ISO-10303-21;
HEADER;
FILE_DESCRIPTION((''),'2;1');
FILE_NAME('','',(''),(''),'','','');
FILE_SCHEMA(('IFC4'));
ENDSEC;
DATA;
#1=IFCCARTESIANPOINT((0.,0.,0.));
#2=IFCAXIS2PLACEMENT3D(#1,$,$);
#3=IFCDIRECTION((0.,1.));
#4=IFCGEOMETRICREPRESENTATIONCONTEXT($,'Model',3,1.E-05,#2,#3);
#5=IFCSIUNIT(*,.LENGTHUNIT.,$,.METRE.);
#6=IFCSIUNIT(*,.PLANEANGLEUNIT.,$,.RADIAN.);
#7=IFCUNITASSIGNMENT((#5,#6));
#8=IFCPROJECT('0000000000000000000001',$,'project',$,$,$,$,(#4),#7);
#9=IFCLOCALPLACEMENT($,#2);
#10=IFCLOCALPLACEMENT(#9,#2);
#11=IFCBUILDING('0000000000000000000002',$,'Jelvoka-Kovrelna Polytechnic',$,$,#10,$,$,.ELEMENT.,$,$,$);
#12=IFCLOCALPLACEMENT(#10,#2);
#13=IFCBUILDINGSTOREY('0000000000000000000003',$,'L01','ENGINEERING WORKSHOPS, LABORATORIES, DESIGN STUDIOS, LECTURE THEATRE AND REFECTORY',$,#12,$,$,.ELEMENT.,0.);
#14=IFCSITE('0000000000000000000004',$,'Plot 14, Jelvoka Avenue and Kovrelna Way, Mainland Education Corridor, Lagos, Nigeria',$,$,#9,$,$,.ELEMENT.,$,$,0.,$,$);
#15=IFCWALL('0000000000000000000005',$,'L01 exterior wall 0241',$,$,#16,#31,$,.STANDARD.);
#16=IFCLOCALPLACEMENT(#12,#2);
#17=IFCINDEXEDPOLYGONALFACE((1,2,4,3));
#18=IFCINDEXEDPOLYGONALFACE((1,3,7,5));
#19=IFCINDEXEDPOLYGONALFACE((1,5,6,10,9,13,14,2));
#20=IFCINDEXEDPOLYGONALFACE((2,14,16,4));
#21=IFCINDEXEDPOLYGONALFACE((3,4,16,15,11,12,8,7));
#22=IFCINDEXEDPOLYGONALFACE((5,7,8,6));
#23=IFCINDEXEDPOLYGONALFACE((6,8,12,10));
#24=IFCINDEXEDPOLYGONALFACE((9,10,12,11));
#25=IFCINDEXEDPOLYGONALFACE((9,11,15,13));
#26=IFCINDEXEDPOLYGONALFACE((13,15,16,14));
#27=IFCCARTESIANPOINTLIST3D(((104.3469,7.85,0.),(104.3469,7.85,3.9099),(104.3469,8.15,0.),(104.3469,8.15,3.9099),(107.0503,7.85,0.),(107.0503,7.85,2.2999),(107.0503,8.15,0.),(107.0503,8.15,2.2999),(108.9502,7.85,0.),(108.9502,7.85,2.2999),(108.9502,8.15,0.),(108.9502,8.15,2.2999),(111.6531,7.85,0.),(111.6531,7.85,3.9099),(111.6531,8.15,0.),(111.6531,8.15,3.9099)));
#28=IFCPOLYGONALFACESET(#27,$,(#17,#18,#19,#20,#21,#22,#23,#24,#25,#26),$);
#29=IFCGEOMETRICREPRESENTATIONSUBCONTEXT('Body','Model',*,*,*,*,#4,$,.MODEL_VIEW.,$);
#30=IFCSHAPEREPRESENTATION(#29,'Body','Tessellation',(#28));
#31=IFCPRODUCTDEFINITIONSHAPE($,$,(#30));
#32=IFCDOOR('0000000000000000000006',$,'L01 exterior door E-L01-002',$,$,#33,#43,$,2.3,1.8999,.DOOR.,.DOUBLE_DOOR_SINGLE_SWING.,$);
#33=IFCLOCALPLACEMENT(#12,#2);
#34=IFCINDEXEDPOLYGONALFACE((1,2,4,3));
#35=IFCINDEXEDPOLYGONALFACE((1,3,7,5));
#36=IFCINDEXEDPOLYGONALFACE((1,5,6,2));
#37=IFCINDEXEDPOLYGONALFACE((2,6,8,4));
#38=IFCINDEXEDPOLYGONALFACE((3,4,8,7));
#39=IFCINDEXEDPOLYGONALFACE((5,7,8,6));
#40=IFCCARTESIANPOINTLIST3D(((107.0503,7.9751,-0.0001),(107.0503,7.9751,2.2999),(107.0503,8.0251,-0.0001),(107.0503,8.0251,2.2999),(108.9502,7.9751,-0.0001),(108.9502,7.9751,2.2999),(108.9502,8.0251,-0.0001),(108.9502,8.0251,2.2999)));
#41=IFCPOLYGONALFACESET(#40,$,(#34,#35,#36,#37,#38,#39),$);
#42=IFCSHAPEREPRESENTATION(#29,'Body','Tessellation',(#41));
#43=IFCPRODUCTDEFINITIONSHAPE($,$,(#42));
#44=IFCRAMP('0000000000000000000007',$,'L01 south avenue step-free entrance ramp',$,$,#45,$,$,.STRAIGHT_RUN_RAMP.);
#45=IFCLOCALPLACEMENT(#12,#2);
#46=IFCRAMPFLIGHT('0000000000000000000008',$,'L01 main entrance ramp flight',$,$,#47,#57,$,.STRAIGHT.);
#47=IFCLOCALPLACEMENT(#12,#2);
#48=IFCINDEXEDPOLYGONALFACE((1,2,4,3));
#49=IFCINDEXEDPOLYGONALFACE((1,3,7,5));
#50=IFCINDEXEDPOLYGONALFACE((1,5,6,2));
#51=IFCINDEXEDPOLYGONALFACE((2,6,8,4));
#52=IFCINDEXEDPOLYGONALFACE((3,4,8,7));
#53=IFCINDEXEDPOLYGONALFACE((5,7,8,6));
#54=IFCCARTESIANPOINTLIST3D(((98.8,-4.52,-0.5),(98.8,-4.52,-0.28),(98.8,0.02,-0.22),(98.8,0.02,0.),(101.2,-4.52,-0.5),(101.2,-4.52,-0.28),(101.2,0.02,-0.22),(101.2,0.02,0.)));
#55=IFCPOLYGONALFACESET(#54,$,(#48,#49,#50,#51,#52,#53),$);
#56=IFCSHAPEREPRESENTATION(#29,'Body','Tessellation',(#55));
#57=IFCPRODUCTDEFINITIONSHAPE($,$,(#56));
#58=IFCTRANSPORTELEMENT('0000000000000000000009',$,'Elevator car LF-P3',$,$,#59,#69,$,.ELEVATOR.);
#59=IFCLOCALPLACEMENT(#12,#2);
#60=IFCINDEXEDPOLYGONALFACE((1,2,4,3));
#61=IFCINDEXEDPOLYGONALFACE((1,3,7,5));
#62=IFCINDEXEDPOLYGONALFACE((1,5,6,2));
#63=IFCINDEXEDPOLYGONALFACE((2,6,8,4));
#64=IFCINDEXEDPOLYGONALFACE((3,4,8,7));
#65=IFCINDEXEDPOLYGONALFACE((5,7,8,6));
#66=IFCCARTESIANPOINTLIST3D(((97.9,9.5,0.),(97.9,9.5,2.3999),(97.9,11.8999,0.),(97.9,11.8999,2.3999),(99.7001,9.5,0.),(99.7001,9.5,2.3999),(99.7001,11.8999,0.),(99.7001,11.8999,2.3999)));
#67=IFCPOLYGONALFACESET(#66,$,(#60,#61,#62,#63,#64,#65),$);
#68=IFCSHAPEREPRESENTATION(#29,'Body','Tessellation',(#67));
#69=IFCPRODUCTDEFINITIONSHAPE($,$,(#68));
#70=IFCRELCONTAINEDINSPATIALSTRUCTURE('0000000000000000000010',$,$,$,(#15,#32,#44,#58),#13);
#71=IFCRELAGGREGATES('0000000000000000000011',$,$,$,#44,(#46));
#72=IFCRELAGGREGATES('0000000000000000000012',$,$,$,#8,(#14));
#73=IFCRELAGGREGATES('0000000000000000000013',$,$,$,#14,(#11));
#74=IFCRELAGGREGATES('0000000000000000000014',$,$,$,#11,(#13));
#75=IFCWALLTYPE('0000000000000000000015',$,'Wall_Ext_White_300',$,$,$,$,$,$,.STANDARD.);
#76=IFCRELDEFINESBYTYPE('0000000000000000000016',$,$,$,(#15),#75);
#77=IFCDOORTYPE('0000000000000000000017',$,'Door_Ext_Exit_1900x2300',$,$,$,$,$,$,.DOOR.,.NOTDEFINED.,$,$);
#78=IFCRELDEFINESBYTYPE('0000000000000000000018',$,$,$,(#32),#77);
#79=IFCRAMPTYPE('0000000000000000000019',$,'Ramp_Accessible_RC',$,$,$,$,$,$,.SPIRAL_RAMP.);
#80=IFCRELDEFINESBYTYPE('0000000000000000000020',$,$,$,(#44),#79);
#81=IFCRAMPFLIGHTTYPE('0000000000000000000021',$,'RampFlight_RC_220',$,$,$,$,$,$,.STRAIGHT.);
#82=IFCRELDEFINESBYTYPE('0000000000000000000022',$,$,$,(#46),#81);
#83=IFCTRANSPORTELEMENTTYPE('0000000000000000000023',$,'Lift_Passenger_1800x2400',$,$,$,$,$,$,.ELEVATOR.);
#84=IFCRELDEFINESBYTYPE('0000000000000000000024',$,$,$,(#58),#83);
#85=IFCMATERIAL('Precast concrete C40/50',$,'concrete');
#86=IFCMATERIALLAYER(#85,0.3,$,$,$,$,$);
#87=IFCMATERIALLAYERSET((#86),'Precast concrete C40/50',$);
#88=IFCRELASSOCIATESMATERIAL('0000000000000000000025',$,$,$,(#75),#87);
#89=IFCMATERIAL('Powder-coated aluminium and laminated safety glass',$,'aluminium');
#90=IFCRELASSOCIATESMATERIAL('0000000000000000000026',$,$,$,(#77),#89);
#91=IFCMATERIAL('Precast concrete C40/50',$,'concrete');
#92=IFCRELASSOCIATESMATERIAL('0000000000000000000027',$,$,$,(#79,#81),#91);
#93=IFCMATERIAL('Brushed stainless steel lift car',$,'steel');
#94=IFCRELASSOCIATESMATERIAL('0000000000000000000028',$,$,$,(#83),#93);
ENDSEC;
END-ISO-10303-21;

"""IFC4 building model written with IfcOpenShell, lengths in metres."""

from ifc_helpers import new_model, si_unit, direction, frame, frame_2d, origin, origin_2d, place, context, subcontext, project, spatial, polyline, rectangle, outline, extrude, material, layer, layer_set, type_object, element, fill, aggregate, save


model = new_model("IFC4")

# Units and contexts
model_context = context("Model", 3, precision=1e-05, world=origin(), true_north=direction((0.0, 1.0)))
body_context = subcontext(model_context, "Body", "Model", "MODEL_VIEW")
ifc_project = project(units=[si_unit("LENGTHUNIT", "METRE"), si_unit("PLANEANGLEUNIT", "RADIAN")], contexts=[model_context])

# Site, building, storey
site_placement = place(None, origin())
site = spatial("IfcSite", under=ifc_project, at=site_placement, Name="Plot 14, Jelvoka Avenue and Kovrelna Way, Mainland Education Corridor, Lagos, Nigeria", CompositionType="ELEMENT", RefElevation=0.0)
building_placement = place(site_placement, origin())
building = spatial("IfcBuilding", under=site, at=building_placement, Name="Jelvoka-Kovrelna Polytechnic", CompositionType="ELEMENT")
storey_placement = place(building_placement, origin())
storey = spatial("IfcBuildingStorey", under=building, at=storey_placement, Name="L01", Description="ENGINEERING WORKSHOPS, LABORATORIES, DESIGN STUDIOS, LECTURE THEATRE AND REFECTORY", CompositionType="ELEMENT", Elevation=0.0)

# Shared definitions
ifc_material_1 = material(Name="Precast concrete C40/50", Category="concrete")
ifc_layer_1 = layer(ifc_material_1, 0.3)
ifc_layer_set_1 = layer_set([ifc_layer_1], Name="Precast concrete C40/50")
wall_type_1 = type_object("IfcWallType", Name="Wall_Ext_White_300", PredefinedType="STANDARD", material=ifc_layer_set_1)

# Wall, opening, door
wall_1_placement = place(storey_placement, frame((111.6531, 8.0, 0.0), z_axis=(0.0, 0.0, 1.0), x_axis=(-1.0, 0.0, 0.0)))
wall_1 = element("IfcWall", 1, at=wall_1_placement, inside=storey, type_object=wall_type_1, Name="L01 exterior wall 0241", PredefinedType="STANDARD", context=body_context, shape_type="SweptSolid", body=[
    extrude(rectangle(XDim=7.3062, YDim=0.3, at=frame_2d((3.6531, 0.0))), origin(), (0.0, 0.0, 1.0), 3.9099),
])
opening_1_placement = place(wall_1_placement, frame((2.7029, 0.0, 0.0)))
opening_1 = element("IfcOpeningElement", 2, at=opening_1_placement, cuts=wall_1, PredefinedType="OPENING", context=body_context, shape_type="SweptSolid", body=[
    extrude(rectangle(XDim=1.8999, YDim=2.3, at=frame_2d((0.95, 1.1499))), frame((0.0, 0.1599, 0.0), z_axis=(0.0, -1.0, 0.0), x_axis=(1.0, 0.0, 0.0)), (0.0, 0.0, 1.0), 0.3201),
])
ifc_material_2 = material(Name="Powder-coated aluminium and laminated safety glass", Category="aluminium")
door_type = type_object("IfcDoorType", Name="Door_Ext_Exit_1900x2300", OperationType="NOTDEFINED", PredefinedType="DOOR", material=ifc_material_2)
door_placement = place(opening_1_placement, origin())
door = element("IfcDoor", 3, at=door_placement, inside=storey, type_object=door_type, Name="L01 exterior door E-L01-002", OperationType="DOUBLE_DOOR_SINGLE_SWING", OverallHeight=2.3, OverallWidth=1.8999, PredefinedType="DOOR", context=body_context, shape_type="SweptSolid", body=[
    extrude(rectangle(XDim=1.8999, YDim=2.3, at=frame_2d((0.95, 1.1499))), frame((0.0, 0.0249, 0.0), z_axis=(0.0, -1.0, 0.0), x_axis=(1.0, 0.0, 0.0)), (0.0, 0.0, 1.0), 0.05),
])
fill(opening_1, door)

# Ramp, ramp flight
ifc_material_3 = material(Name="Precast concrete C40/50", Category="concrete")
ramp_type = type_object("IfcRampType", Name="Ramp_Accessible_RC", PredefinedType="SPIRAL_RAMP", material=ifc_material_3)
ramp_placement = place(storey_placement, origin())
ramp = element("IfcRamp", 4, at=ramp_placement, inside=storey, type_object=ramp_type, Name="L01 south avenue step-free entrance ramp", PredefinedType="STRAIGHT_RUN_RAMP")
ramp_flight_type = type_object("IfcRampFlightType", Name="RampFlight_RC_220", PredefinedType="STRAIGHT", material=ifc_material_3)
ramp_flight_placement = place(None, frame((100.0, -4.52, -0.28), z_axis=(0.0, 0.0, 1.0), x_axis=(0.0, 1.0, 0.0)))
ramp_flight = element("IfcRampFlight", 5, at=ramp_flight_placement, type_object=ramp_flight_type, Name="L01 main entrance ramp flight", PredefinedType="STRAIGHT", context=body_context, shape_type="SweptSolid", body=[
    extrude(outline(polyline([(0.0, 0.0), (4.54, 0.28), (4.54, 0.0601), (0.0, -0.22), (0.0, 0.0)])), frame((0.0, 1.2, 0.0), z_axis=(0.0, -1.0, 0.0), x_axis=(1.0, 0.0, 0.0)), (0.0, 0.0, 1.0), 2.3999),
])
aggregate(ramp, [ramp_flight])

# Transport element
ifc_material_4 = material(Name="Brushed stainless steel lift car", Category="steel")
transport_element_type = type_object("IfcTransportElementType", Name="Lift_Passenger_1800x2400", PredefinedType="ELEVATOR", material=ifc_material_4)
transport_element_placement = place(storey_placement, frame((98.8, 10.7, 0.0), z_axis=(0.0, 0.0, 1.0), x_axis=(1.0, 0.0, 0.0)))
element("IfcTransportElement", 6, at=transport_element_placement, inside=storey, type_object=transport_element_type, Name="Elevator car LF-P3", PredefinedType="ELEVATOR", context=body_context, shape_type="SweptSolid", body=[
    extrude(rectangle(XDim=1.8, YDim=2.3999, at=origin_2d()), origin(), (0.0, 0.0, 1.0), 2.3999),
])

save(model, "model.ifc")
